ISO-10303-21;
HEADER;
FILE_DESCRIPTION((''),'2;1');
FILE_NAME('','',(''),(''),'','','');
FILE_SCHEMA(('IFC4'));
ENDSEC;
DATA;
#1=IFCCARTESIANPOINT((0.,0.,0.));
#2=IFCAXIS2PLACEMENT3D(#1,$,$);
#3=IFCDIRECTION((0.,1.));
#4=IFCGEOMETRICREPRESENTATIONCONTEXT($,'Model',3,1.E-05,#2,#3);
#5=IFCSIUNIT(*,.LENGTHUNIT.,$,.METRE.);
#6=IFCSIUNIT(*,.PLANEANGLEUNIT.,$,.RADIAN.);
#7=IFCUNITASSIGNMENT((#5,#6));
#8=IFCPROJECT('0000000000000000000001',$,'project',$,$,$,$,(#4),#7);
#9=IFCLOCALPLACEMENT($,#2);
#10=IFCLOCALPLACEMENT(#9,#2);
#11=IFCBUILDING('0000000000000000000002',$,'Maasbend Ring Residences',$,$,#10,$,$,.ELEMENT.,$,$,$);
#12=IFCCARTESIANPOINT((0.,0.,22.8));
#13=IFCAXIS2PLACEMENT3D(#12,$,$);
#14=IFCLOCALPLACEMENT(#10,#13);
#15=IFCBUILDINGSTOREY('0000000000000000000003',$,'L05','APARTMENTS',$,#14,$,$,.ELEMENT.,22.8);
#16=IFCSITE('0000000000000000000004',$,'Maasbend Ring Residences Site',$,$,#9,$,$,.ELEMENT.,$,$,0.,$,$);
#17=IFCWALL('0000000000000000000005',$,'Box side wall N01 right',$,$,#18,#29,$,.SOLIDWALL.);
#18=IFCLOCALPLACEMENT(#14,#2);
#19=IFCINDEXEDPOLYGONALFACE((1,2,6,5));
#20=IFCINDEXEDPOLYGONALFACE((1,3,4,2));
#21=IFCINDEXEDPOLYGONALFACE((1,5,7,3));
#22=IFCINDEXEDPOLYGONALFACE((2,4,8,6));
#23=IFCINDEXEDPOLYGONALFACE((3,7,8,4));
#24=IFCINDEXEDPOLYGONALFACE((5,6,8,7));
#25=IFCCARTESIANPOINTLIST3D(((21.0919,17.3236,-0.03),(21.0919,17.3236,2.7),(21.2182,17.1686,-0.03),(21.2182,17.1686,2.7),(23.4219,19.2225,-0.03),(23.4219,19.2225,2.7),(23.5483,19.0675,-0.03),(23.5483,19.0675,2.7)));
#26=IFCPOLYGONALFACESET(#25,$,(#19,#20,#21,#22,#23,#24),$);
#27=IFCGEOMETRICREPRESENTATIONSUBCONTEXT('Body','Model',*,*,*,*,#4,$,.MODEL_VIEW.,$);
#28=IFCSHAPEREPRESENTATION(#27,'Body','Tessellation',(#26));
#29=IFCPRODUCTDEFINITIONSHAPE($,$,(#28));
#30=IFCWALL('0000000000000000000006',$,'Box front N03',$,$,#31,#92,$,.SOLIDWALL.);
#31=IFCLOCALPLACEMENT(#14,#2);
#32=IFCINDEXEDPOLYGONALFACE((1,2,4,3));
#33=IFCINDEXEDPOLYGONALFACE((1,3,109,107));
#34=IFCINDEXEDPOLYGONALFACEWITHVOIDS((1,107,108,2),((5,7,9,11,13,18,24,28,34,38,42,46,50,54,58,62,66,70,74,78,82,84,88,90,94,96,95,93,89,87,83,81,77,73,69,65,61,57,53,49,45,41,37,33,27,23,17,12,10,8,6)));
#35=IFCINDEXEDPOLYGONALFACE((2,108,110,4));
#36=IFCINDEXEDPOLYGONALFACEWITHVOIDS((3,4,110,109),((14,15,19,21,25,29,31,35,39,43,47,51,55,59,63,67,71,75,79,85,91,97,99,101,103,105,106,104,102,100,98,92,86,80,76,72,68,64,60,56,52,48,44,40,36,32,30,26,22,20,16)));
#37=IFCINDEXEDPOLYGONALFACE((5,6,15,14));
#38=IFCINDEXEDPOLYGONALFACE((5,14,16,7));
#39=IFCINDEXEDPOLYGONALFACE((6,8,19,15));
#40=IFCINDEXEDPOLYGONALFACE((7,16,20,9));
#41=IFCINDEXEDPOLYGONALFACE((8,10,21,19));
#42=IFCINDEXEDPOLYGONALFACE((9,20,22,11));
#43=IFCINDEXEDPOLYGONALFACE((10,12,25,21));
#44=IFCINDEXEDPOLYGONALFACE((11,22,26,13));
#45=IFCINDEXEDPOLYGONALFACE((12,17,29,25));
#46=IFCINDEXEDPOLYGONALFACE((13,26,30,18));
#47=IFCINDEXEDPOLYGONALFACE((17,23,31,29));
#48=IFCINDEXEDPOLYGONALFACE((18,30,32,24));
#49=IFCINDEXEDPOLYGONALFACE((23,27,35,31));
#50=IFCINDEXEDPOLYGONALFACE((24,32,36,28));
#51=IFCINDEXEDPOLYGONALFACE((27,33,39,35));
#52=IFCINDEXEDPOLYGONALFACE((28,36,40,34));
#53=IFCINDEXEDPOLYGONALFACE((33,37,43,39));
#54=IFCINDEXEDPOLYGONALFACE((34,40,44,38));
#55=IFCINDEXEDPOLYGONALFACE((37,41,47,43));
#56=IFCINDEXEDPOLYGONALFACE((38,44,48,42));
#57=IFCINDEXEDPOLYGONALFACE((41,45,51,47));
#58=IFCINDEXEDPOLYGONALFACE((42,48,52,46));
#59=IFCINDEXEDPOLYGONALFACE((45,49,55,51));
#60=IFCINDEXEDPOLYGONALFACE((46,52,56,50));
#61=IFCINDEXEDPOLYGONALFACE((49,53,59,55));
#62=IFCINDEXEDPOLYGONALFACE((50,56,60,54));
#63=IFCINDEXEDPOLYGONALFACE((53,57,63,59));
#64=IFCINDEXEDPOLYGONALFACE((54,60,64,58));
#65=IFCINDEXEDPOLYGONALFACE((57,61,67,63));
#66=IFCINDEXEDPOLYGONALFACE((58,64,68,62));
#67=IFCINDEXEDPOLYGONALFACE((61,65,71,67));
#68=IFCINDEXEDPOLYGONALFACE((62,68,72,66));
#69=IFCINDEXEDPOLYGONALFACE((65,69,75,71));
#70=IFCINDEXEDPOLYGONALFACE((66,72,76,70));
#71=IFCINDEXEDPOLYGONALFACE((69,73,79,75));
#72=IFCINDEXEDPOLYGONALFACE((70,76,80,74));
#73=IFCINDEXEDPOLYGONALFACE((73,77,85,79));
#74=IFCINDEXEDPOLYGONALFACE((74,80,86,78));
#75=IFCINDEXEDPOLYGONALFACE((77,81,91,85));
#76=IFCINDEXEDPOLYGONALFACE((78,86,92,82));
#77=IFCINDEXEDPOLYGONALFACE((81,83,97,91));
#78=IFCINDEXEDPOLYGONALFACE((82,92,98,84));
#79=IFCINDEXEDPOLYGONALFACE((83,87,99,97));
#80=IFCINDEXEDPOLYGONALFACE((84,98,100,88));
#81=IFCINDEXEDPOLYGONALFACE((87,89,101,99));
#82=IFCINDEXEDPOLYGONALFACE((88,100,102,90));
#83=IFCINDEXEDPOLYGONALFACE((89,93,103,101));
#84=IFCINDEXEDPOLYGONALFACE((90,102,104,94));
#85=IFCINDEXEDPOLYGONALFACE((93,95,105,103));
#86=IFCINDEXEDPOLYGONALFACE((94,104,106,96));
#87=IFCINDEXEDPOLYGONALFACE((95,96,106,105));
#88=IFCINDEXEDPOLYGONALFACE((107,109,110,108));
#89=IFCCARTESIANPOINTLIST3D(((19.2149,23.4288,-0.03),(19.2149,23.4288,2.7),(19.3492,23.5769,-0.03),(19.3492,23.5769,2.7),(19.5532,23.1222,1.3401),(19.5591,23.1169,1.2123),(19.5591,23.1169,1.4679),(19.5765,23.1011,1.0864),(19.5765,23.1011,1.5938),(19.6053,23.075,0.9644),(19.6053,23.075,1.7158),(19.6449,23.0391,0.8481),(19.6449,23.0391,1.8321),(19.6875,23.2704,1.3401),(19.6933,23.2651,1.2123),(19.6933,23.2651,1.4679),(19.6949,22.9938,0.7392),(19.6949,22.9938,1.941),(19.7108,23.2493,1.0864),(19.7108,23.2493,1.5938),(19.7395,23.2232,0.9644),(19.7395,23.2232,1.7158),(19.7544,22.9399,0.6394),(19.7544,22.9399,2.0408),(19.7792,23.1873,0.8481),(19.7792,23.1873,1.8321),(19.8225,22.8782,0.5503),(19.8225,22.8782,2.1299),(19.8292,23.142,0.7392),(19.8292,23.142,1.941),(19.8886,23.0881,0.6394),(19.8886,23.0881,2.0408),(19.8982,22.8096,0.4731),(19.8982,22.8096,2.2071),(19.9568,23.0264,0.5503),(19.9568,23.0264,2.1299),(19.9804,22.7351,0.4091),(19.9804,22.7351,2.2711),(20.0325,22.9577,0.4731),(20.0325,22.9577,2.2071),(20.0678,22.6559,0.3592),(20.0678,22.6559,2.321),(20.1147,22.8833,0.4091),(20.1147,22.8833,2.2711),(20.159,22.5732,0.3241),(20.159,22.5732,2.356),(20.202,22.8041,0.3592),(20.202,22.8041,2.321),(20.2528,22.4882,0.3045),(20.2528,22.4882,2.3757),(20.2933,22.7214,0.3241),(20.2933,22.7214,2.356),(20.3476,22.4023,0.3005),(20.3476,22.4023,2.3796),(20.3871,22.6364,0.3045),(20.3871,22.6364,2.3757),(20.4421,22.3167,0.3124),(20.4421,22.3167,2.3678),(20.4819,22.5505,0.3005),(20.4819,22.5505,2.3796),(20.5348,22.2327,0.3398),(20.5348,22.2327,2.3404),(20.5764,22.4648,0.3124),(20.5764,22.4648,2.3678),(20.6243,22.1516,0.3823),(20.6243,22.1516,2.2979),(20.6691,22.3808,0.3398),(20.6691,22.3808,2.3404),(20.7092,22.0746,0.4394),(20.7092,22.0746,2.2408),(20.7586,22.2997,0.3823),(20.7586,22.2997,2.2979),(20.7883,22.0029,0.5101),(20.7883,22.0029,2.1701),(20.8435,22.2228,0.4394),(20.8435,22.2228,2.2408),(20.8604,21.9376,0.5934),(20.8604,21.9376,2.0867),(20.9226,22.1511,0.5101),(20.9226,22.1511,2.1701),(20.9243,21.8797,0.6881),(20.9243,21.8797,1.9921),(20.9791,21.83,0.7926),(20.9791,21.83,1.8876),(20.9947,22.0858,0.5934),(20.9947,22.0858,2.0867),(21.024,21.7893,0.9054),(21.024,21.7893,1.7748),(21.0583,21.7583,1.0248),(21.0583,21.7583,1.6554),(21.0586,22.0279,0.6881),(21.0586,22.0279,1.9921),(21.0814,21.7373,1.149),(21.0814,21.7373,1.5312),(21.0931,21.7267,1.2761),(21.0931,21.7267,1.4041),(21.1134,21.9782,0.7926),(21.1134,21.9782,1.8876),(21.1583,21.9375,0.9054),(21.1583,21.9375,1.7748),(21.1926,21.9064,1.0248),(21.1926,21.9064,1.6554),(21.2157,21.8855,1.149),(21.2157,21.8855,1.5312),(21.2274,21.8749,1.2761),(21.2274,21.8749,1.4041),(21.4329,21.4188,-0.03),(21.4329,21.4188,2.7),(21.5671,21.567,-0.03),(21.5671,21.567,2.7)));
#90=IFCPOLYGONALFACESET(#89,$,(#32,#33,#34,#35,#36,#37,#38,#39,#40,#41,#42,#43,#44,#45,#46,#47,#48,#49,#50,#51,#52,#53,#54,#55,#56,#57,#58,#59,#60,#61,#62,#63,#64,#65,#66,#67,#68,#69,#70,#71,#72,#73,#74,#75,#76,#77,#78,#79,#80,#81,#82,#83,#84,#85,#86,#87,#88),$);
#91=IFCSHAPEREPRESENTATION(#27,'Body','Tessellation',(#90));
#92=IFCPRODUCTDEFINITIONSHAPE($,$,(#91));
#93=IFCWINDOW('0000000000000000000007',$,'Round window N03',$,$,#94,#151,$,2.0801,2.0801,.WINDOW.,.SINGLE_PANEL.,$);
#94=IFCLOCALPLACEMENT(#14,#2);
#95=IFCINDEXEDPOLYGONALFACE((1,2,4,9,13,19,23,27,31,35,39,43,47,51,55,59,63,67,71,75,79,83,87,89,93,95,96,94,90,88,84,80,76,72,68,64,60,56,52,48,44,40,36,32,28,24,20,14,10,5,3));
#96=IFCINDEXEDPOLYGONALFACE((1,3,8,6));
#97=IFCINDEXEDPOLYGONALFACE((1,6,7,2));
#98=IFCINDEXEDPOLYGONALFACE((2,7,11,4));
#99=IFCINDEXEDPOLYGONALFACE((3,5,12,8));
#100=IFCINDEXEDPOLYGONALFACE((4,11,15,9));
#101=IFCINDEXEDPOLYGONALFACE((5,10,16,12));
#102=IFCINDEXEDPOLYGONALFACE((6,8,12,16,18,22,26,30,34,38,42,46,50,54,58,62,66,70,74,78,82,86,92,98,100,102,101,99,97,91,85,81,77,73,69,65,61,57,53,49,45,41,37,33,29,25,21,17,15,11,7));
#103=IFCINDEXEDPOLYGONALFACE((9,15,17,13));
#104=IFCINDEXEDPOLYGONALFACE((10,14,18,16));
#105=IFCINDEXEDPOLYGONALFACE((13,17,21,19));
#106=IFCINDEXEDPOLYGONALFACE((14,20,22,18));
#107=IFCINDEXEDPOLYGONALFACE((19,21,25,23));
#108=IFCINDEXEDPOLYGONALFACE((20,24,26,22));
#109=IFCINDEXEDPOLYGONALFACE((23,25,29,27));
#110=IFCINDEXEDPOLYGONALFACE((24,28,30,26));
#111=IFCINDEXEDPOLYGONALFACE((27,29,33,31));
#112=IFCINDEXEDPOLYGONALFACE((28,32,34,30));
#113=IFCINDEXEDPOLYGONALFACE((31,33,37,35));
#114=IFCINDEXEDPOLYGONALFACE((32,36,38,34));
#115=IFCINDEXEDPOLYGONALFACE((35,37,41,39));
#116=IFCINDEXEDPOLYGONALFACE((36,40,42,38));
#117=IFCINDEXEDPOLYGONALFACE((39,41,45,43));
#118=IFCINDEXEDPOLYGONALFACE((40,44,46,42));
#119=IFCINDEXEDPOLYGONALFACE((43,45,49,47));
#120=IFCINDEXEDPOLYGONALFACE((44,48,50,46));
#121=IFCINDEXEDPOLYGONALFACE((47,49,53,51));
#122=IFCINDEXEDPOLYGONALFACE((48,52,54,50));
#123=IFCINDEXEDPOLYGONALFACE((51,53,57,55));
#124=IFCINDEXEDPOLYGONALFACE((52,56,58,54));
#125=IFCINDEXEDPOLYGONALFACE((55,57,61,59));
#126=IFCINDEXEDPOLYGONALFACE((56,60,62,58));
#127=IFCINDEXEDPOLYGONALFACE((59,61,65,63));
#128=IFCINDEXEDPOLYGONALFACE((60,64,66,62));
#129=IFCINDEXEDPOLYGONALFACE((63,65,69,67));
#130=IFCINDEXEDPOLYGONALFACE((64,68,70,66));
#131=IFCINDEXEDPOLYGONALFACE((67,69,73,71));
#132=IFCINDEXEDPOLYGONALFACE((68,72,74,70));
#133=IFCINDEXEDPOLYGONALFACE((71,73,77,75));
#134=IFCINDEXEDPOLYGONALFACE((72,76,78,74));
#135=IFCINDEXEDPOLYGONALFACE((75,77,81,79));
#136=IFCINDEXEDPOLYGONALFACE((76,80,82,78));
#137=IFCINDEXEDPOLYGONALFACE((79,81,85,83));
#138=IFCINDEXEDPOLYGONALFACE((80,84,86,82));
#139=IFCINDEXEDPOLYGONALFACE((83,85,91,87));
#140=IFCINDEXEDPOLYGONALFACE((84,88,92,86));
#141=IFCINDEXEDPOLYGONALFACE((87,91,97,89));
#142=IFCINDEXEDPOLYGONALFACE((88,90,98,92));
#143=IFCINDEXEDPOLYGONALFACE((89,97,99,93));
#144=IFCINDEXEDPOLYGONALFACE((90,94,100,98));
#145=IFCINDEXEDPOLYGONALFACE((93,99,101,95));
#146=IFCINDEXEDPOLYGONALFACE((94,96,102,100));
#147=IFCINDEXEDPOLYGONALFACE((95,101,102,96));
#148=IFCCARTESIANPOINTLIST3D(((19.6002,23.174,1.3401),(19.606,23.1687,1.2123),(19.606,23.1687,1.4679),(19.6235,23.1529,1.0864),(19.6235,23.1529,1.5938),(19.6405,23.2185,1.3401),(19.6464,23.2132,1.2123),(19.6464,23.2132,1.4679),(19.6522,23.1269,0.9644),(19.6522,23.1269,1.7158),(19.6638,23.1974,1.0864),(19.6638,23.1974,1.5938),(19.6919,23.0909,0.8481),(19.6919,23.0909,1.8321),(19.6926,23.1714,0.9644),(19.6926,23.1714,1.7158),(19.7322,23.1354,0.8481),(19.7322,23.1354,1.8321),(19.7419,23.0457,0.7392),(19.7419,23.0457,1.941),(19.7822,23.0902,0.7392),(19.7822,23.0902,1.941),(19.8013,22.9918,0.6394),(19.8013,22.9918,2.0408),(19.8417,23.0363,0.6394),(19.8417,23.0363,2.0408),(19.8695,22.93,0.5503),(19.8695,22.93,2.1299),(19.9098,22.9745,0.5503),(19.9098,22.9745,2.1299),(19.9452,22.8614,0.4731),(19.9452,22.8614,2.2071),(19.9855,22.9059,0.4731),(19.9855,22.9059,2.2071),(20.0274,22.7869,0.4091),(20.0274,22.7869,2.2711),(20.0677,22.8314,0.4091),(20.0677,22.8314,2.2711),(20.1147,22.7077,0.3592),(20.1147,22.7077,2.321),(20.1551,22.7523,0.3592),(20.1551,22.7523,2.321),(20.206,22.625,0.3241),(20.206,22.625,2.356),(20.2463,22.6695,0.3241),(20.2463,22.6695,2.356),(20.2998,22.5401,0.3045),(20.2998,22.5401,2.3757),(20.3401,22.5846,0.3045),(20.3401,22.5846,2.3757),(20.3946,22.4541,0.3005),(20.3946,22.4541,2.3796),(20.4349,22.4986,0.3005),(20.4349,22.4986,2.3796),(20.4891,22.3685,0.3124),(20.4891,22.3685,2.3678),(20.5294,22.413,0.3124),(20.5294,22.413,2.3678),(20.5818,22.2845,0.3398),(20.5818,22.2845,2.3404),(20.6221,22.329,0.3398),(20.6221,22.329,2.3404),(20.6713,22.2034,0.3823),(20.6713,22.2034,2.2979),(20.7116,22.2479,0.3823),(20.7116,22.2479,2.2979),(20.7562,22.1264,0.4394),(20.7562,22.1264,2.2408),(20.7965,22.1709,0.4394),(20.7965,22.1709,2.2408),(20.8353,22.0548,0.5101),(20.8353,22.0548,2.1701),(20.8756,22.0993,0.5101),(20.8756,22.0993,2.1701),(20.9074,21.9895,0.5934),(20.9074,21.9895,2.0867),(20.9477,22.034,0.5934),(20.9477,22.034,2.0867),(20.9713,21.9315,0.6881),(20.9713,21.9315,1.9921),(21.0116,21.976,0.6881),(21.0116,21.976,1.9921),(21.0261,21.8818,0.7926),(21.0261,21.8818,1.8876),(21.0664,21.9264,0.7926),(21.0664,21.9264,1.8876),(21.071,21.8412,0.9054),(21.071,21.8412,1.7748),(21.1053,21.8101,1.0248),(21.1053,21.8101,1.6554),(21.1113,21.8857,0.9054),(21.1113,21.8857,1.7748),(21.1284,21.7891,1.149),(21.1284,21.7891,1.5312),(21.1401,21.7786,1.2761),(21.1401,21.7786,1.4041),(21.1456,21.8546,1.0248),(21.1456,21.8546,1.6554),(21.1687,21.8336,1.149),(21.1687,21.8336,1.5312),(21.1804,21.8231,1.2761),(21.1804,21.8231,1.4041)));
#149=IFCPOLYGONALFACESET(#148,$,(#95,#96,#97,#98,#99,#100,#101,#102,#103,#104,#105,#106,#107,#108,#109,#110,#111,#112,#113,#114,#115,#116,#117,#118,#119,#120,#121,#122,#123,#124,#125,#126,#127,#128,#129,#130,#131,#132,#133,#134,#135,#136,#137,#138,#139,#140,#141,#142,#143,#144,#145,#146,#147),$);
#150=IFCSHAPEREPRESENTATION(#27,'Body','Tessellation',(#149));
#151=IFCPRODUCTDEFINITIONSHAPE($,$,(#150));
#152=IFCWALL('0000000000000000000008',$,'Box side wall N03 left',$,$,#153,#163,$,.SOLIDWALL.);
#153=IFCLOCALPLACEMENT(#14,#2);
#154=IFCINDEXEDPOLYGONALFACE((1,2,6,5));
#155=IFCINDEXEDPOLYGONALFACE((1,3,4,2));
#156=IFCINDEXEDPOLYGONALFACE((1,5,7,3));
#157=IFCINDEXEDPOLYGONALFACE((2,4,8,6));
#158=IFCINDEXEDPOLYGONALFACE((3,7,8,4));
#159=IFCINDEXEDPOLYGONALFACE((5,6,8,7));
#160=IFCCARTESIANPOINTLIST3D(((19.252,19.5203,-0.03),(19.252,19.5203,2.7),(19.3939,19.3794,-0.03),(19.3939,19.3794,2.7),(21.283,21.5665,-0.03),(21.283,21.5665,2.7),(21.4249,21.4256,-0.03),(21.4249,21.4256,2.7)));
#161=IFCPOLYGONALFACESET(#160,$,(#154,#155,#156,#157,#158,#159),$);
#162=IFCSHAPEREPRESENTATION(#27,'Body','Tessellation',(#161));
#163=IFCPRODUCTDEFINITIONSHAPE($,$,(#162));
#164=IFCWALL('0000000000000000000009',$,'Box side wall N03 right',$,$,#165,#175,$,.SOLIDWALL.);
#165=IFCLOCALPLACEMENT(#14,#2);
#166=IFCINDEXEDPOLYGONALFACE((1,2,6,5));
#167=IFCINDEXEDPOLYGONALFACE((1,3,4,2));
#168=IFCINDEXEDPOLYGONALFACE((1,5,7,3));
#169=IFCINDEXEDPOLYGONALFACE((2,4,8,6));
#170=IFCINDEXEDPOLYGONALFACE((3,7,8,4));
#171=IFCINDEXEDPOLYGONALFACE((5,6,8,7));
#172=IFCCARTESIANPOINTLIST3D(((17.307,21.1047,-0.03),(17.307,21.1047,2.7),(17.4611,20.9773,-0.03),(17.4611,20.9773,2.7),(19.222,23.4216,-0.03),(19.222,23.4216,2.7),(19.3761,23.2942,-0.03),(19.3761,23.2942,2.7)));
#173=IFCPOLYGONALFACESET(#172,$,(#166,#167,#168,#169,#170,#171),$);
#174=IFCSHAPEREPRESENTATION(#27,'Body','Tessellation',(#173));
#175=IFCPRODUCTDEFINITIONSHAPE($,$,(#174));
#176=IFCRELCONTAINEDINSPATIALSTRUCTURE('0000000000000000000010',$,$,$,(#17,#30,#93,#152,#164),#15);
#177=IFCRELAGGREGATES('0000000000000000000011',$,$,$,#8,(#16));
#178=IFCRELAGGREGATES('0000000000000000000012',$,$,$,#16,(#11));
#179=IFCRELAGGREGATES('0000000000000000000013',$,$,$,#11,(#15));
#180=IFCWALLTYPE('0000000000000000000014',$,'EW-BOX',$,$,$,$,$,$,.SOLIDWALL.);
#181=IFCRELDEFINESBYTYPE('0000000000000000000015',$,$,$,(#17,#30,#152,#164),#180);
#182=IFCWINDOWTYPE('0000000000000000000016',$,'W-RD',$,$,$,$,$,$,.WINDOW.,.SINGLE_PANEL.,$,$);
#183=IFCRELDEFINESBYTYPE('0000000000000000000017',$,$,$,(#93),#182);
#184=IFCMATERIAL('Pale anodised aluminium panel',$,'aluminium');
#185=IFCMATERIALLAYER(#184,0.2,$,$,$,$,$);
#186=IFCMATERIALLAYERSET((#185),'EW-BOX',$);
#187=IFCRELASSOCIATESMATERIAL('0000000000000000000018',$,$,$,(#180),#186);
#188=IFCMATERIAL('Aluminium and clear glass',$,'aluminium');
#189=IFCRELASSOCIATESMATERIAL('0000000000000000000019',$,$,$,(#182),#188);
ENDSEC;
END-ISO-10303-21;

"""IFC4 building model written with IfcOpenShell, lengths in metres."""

from ifc_helpers import new_model, si_unit, direction, frame, frame_2d, origin, place, context, subcontext, project, spatial, rectangle, circle, extrude, material, layer, layer_set, type_object, element, fill, save


model = new_model("IFC4")

# Units and contexts
model_context = context("Model", 3, precision=1e-05, world=origin(), true_north=direction((0.0, 1.0)))
body_context = subcontext(model_context, "Body", "Model", "MODEL_VIEW")
ifc_project = project(units=[si_unit("LENGTHUNIT", "METRE"), si_unit("PLANEANGLEUNIT", "RADIAN")], contexts=[model_context])

# Site, building, storey
site_placement = place(None, origin())
site = spatial("IfcSite", under=ifc_project, at=site_placement, Name="Maasbend Ring Residences Site", CompositionType="ELEMENT", RefElevation=0.0)
building_placement = place(site_placement, origin())
building = spatial("IfcBuilding", under=site, at=building_placement, Name="Maasbend Ring Residences", CompositionType="ELEMENT")
storey_placement = place(building_placement, frame((0.0, 0.0, 22.8)))
storey = spatial("IfcBuildingStorey", under=building, at=storey_placement, Name="L05", Description="APARTMENTS", CompositionType="ELEMENT", Elevation=22.8)

# Shared definitions
ifc_material_1 = material(Name="Pale anodised aluminium panel", Category="aluminium")
ifc_layer_1 = layer(ifc_material_1, 0.2)
ifc_layer_set_1 = layer_set([ifc_layer_1], Name="EW-BOX")
wall_type_1 = type_object("IfcWallType", Name="EW-BOX", PredefinedType="SOLIDWALL", material=ifc_layer_set_1)
ifc_material_2 = material(Name="Aluminium and clear glass", Category="aluminium")
window_type_1 = type_object("IfcWindowType", Name="W-RD", PartitioningType="SINGLE_PANEL", PredefinedType="WINDOW", material=ifc_material_2)

# Wall
wall_1_placement = place(storey_placement, frame((21.155, 17.2461, -0.03), z_axis=(0.0, 0.0, 1.0), x_axis=(0.775179, 0.631742, 0.0)))
element("IfcWall", 1, at=wall_1_placement, inside=storey, type_object=wall_type_1, Name="Box side wall N01 right", PredefinedType="SOLIDWALL", context=body_context, shape_type="SweptSolid", body=[
    extrude(rectangle(XDim=3.0059, YDim=0.2, at=frame_2d((1.5029, 0.0))), origin(), (0.0, 0.0, 1.0), 2.73),
])

# Wall, opening, window
wall_2_placement = place(storey_placement, frame((21.5, 21.4929, -0.03), z_axis=(0.0, 0.0, 1.0), x_axis=(-0.740998, 0.671507, 0.0)))
wall_2 = element("IfcWall", 2, at=wall_2_placement, inside=storey, type_object=wall_type_1, Name="Box front N03", PredefinedType="SOLIDWALL", context=body_context, shape_type="SweptSolid", body=[
    extrude(rectangle(XDim=2.9932, YDim=0.2, at=frame_2d((1.4966, 0.0))), origin(), (0.0, 0.0, 1.0), 2.73),
])
opening_1_placement = place(wall_2_placement, frame((0.4565, 0.0, 0.3301)))
opening_1 = element("IfcOpeningElement", 3, at=opening_1_placement, cuts=wall_2, PredefinedType="OPENING", context=body_context, shape_type="SweptSolid", body=[
    extrude(circle(Radius=1.04, at=frame_2d((1.04, 1.04))), frame((0.0, 0.1099, 0.0), z_axis=(0.0, -1.0, 0.0), x_axis=(1.0, 0.0, 0.0)), (0.0, 0.0, 1.0), 0.22),
])
window_1_placement = place(opening_1_placement, origin())
window_1 = element("IfcWindow", 4, at=window_1_placement, inside=storey, type_object=window_type_1, Name="Round window N03", OverallHeight=2.0801, OverallWidth=2.0801, PartitioningType="SINGLE_PANEL", PredefinedType="WINDOW", context=body_context, shape_type="SweptSolid", body=[
    extrude(circle(Radius=1.04, at=frame_2d((1.04, 1.04))), frame((0.0, 0.03, 0.0), z_axis=(0.0, -1.0, 0.0), x_axis=(1.0, 0.0, 0.0)), (0.0, 0.0, 1.0), 0.0601),
])
fill(opening_1, window_1)

# Walls
wall_3_placement = place(storey_placement, frame((19.323, 19.45, -0.03), z_axis=(0.0, 0.0, 1.0), x_axis=(0.704477, 0.709727, 0.0)))
element("IfcWall", 5, at=wall_3_placement, inside=storey, type_object=wall_type_1, Name="Box side wall N03 left", PredefinedType="SOLIDWALL", context=body_context, shape_type="SweptSolid", body=[
    extrude(rectangle(XDim=2.8831, YDim=0.2, at=frame_2d((1.4414, 0.0))), origin(), (0.0, 0.0, 1.0), 2.73),
])
wall_4_placement = place(storey_placement, frame((17.384, 21.041, -0.03), z_axis=(0.0, 0.0, 1.0), x_axis=(0.637096, 0.770785, 0.0)))
element("IfcWall", 6, at=wall_4_placement, inside=storey, type_object=wall_type_1, Name="Box side wall N03 right", PredefinedType="SOLIDWALL", context=body_context, shape_type="SweptSolid", body=[
    extrude(rectangle(XDim=3.0059, YDim=0.2, at=frame_2d((1.5029, 0.0))), origin(), (0.0, 0.0, 1.0), 2.73),
])

save(model, "model.ifc")
